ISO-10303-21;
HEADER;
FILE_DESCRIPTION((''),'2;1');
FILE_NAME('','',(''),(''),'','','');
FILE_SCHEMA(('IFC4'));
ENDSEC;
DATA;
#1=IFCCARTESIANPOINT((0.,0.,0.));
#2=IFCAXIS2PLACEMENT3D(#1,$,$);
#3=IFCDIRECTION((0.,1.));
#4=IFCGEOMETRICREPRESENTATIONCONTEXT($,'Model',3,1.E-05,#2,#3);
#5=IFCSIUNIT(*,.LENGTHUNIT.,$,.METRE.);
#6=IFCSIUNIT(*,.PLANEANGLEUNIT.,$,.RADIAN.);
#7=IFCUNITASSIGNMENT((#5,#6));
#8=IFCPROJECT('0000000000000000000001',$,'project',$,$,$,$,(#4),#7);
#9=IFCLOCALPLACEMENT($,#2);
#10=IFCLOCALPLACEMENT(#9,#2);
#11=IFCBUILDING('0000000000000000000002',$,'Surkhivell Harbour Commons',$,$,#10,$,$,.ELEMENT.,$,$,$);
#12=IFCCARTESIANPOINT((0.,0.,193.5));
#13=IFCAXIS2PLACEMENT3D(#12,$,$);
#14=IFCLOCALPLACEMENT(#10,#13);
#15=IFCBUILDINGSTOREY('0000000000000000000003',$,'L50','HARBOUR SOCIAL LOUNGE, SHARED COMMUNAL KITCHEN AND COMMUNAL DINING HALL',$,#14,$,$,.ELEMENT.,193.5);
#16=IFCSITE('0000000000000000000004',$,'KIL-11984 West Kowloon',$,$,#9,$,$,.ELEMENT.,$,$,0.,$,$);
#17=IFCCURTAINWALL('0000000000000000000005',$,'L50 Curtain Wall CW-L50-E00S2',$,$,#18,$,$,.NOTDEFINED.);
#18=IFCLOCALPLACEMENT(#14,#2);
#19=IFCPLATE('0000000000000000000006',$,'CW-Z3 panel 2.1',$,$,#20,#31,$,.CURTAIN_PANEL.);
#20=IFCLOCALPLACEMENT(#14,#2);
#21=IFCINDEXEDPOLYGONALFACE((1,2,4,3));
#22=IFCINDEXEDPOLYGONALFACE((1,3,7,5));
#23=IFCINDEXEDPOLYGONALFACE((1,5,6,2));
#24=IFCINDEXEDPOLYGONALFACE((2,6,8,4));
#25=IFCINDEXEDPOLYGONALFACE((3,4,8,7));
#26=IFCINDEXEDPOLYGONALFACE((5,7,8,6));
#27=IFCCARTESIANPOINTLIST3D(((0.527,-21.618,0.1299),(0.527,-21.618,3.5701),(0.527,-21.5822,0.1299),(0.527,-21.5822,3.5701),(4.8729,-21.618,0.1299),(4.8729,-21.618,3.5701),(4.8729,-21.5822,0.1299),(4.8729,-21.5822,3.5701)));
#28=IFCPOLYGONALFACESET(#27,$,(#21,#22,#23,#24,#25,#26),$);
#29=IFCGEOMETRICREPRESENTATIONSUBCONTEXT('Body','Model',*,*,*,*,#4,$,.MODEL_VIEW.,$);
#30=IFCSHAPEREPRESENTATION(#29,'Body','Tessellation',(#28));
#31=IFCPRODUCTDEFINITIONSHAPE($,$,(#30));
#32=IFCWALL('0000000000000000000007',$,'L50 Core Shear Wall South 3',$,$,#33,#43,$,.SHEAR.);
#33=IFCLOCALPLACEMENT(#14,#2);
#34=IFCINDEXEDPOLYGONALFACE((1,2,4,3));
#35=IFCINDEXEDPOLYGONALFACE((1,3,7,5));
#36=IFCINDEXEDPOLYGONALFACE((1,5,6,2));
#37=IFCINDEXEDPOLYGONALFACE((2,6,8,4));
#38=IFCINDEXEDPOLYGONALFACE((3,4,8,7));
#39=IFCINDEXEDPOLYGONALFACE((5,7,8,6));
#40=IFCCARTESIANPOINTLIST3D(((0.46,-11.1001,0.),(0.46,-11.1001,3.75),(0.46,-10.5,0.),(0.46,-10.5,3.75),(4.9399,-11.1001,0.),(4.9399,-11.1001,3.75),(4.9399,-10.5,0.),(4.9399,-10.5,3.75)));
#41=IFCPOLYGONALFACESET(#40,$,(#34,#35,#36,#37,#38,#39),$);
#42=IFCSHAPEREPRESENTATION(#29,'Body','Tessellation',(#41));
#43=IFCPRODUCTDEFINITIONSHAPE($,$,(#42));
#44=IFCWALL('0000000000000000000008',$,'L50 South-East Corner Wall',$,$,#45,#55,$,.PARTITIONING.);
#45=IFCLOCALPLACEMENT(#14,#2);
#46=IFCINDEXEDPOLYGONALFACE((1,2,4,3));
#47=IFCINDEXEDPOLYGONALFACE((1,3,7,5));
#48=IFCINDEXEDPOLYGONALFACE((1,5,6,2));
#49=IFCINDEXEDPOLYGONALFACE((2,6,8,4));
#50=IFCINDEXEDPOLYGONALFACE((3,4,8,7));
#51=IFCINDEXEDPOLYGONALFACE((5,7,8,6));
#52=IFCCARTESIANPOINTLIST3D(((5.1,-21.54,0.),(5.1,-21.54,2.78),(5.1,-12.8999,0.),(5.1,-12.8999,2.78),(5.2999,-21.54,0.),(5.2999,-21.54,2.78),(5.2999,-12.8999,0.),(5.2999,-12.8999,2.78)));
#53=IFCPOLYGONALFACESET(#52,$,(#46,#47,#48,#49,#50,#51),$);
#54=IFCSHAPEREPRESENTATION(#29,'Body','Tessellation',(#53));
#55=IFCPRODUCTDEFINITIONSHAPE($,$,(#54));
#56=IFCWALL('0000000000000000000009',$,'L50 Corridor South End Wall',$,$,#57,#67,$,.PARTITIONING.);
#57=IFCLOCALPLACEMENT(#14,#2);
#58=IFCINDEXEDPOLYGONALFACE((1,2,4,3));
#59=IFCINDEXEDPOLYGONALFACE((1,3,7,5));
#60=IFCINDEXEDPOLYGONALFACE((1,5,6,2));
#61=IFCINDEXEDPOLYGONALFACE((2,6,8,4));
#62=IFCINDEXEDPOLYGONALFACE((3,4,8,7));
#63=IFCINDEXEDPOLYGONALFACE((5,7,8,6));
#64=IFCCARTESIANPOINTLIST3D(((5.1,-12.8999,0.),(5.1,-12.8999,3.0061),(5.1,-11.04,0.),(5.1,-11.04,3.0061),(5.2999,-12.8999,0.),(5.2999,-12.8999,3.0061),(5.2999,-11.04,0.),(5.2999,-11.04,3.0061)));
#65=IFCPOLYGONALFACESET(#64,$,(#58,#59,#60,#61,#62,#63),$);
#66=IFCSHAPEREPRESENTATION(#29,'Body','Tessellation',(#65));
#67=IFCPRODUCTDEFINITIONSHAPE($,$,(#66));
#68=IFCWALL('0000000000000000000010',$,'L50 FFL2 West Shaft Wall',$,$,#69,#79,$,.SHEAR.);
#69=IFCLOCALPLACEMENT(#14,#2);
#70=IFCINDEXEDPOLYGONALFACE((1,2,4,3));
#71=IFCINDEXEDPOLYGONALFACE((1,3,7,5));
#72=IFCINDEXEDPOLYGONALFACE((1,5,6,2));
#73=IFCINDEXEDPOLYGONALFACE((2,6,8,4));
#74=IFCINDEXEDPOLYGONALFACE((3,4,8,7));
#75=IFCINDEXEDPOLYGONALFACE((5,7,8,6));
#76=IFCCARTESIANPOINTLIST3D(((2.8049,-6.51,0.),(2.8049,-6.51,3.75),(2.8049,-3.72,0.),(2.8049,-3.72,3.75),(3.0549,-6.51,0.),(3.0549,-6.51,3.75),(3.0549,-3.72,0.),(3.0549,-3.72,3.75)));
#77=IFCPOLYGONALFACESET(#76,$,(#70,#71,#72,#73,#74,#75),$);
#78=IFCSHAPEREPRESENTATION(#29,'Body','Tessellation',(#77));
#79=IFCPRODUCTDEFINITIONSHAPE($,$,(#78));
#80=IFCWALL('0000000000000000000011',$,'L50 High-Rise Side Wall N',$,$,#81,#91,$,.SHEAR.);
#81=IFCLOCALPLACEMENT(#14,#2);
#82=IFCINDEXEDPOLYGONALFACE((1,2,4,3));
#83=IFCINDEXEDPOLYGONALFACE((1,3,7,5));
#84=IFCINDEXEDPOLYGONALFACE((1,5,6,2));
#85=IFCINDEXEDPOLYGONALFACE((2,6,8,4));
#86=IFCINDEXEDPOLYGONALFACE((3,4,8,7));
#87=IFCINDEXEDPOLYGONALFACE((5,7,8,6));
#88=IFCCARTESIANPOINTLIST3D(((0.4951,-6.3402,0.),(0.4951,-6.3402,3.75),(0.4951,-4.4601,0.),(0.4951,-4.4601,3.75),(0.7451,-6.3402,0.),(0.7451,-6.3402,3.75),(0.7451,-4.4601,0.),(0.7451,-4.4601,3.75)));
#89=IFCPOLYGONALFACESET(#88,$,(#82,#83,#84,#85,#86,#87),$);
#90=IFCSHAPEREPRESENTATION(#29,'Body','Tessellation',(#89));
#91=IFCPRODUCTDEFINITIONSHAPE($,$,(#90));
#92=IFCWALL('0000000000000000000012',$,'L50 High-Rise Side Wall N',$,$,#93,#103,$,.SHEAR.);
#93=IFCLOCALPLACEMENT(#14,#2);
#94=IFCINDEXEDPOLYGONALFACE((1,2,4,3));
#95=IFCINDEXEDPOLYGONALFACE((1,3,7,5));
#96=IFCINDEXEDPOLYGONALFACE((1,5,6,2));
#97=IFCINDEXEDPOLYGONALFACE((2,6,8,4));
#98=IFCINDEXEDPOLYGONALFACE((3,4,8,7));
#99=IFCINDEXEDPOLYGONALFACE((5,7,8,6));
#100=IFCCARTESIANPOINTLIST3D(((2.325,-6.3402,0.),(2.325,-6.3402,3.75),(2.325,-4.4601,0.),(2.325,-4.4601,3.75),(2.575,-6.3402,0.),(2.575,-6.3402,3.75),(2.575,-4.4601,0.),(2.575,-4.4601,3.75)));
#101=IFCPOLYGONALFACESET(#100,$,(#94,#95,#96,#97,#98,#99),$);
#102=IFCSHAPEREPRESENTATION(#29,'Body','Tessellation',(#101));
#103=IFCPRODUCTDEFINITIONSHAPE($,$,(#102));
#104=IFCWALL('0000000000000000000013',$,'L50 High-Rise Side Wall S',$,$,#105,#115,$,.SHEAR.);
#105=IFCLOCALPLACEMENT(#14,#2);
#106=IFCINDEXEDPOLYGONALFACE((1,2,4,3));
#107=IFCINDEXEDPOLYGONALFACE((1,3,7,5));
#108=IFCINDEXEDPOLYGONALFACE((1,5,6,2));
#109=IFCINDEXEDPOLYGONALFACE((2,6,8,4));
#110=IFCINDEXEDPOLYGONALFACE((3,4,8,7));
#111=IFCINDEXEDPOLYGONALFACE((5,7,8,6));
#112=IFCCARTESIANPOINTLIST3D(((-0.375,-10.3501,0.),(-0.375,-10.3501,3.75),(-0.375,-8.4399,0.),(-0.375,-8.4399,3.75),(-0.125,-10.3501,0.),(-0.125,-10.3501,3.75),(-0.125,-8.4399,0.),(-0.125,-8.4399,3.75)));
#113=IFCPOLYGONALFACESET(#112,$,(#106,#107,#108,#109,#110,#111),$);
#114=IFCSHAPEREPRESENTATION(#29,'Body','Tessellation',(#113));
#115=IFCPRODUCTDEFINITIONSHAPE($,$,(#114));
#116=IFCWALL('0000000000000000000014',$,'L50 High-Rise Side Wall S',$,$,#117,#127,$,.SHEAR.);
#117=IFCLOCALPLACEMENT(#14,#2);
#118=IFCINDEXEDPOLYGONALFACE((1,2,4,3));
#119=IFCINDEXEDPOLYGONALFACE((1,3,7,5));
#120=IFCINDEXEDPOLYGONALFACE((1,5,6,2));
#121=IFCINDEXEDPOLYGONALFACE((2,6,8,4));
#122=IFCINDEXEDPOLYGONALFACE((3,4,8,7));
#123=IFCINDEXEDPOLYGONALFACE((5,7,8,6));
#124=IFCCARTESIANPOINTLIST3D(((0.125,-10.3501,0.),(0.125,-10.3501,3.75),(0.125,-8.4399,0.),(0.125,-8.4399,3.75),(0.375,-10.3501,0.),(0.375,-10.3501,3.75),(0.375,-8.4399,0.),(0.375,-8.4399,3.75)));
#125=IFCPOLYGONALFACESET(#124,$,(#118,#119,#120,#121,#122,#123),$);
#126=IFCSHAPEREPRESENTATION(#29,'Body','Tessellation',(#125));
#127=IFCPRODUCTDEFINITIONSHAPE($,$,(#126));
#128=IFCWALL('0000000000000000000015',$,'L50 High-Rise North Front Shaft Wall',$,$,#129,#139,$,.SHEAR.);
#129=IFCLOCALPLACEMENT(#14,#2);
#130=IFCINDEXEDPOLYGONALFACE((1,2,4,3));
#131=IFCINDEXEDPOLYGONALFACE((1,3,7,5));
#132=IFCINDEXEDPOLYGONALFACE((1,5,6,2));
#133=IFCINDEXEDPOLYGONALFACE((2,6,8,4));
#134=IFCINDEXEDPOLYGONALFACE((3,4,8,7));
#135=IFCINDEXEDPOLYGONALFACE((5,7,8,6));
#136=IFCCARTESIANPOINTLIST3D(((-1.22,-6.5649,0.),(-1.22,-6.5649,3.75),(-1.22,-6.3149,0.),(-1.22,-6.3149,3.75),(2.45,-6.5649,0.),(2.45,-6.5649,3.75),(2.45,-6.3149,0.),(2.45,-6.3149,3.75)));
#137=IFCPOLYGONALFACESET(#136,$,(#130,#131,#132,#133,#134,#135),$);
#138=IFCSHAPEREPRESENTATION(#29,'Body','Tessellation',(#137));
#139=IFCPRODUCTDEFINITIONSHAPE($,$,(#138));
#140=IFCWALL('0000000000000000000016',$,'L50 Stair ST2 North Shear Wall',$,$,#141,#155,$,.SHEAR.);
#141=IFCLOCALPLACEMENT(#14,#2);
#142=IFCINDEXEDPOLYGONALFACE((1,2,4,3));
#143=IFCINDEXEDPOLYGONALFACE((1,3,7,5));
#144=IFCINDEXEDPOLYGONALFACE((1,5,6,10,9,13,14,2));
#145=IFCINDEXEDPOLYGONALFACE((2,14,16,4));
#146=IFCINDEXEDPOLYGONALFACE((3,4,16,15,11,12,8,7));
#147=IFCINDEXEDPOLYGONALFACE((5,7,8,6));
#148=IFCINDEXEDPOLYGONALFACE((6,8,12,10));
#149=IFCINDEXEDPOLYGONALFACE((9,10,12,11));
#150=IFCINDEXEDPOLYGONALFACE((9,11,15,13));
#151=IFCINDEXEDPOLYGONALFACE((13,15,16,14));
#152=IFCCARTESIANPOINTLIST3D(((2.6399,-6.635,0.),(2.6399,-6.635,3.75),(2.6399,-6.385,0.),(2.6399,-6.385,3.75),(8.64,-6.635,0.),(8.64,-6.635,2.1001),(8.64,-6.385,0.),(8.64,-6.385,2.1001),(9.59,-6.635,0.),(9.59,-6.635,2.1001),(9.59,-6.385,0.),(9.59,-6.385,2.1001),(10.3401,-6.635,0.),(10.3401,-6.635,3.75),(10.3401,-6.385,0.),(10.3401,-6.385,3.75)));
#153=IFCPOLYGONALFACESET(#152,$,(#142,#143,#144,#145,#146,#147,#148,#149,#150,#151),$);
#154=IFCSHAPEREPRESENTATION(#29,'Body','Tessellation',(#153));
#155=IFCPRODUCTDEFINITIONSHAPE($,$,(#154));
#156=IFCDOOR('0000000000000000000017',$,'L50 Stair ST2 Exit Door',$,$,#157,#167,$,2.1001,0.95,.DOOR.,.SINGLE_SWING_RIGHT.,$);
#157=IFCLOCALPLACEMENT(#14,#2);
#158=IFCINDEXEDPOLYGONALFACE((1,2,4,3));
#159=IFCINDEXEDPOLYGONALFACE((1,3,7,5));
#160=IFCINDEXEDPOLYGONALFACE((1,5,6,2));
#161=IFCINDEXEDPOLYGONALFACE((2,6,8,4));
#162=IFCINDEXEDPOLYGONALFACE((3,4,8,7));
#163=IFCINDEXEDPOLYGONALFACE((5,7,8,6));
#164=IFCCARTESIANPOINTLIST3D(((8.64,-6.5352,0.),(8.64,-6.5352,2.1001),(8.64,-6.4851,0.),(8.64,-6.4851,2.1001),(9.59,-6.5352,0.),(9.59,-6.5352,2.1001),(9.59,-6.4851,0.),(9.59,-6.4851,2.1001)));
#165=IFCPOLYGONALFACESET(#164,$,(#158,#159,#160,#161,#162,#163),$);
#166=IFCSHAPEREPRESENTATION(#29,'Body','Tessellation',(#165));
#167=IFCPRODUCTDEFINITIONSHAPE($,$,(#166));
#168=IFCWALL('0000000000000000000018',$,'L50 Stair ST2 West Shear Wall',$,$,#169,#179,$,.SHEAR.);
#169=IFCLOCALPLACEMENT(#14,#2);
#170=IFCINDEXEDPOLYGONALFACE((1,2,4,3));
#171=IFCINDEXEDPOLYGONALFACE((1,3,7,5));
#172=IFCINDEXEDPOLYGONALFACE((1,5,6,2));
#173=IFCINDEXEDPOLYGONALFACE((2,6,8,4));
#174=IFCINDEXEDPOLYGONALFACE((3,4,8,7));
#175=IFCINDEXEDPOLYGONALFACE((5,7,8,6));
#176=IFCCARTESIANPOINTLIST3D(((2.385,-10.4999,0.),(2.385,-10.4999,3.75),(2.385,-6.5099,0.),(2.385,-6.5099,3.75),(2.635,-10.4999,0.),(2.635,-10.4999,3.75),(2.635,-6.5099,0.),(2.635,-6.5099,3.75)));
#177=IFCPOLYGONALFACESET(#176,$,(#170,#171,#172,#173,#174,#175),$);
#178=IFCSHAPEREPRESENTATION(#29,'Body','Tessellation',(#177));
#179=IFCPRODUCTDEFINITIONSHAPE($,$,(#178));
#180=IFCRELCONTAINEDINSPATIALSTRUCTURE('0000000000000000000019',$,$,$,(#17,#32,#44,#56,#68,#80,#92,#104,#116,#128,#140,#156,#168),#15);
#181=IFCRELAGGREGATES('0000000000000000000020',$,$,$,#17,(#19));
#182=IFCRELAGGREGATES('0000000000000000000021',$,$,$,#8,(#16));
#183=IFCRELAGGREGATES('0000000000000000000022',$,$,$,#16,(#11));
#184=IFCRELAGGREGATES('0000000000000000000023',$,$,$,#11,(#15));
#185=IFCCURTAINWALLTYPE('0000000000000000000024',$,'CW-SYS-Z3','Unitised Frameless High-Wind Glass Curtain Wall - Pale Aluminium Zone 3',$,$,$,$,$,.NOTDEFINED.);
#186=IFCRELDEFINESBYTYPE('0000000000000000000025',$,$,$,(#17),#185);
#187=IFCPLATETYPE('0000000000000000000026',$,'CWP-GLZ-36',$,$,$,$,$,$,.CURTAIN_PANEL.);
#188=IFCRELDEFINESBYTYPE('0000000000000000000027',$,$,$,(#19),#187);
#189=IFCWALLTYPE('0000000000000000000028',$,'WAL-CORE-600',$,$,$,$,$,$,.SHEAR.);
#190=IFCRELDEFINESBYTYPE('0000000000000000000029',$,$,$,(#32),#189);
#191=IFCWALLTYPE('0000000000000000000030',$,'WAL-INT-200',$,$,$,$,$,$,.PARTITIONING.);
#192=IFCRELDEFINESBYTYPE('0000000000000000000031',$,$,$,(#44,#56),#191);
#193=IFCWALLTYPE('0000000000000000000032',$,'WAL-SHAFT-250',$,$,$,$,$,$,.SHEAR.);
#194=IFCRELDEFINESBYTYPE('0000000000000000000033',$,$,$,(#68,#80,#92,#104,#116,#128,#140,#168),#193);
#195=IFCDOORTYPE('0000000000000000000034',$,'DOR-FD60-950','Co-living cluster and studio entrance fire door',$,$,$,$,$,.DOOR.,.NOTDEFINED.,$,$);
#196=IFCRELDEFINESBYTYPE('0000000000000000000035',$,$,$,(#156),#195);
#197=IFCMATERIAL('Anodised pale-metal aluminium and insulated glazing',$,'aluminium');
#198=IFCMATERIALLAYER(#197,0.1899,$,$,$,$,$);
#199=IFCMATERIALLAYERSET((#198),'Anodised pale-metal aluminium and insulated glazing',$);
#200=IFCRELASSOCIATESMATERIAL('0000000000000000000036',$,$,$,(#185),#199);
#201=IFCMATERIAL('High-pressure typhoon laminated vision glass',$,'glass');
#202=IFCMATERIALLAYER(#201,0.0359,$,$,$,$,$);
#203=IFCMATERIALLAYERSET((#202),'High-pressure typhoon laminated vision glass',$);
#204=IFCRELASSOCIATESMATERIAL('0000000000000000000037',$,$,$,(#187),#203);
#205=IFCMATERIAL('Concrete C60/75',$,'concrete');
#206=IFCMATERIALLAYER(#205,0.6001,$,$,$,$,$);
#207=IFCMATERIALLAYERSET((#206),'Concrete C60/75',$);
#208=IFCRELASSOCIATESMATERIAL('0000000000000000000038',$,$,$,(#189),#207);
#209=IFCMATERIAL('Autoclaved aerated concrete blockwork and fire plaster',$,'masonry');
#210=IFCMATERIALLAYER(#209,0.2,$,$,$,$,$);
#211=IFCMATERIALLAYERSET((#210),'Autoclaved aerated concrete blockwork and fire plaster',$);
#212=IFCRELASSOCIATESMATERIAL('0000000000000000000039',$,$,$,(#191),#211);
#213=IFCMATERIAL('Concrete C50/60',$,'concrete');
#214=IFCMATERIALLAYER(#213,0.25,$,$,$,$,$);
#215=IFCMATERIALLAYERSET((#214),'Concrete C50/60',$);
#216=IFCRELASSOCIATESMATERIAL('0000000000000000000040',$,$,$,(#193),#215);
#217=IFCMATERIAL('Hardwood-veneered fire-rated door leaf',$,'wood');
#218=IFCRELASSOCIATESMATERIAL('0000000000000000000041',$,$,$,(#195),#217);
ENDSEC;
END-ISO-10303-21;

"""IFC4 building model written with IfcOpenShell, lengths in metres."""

from ifc_helpers import new_model, si_unit, direction, frame, frame_2d, origin, place, context, subcontext, project, spatial, rectangle, extrude, material, layer, layer_set, type_object, element, fill, aggregate, save


model = new_model("IFC4")

# Units and contexts
model_context = context("Model", 3, precision=1e-05, world=origin(), true_north=direction((0.0, 1.0)))
body_context = subcontext(model_context, "Body", "Model", "MODEL_VIEW")
ifc_project = project(units=[si_unit("LENGTHUNIT", "METRE"), si_unit("PLANEANGLEUNIT", "RADIAN")], contexts=[model_context])

# Site, building, storey
site_placement = place(None, origin())
site = spatial("IfcSite", under=ifc_project, at=site_placement, Name="KIL-11984 West Kowloon", CompositionType="ELEMENT", RefElevation=0.0)
building_placement = place(site_placement, origin())
building = spatial("IfcBuilding", under=site, at=building_placement, Name="Surkhivell Harbour Commons", CompositionType="ELEMENT")
storey_placement = place(building_placement, frame((0.0, 0.0, 193.5)))
storey = spatial("IfcBuildingStorey", under=building, at=storey_placement, Name="L50", Description="HARBOUR SOCIAL LOUNGE, SHARED COMMUNAL KITCHEN AND COMMUNAL DINING HALL", CompositionType="ELEMENT", Elevation=193.5)

# Shared definitions
ifc_material_1 = material(Name="Concrete C60/75", Category="concrete")

# Curtain wall, plate
ifc_material_2 = material(Name="Anodised pale-metal aluminium and insulated glazing", Category="aluminium")
ifc_layer_1 = layer(ifc_material_2, 0.1899)
ifc_layer_set_1 = layer_set([ifc_layer_1], Name="Anodised pale-metal aluminium and insulated glazing")
curtain_wall_type = type_object("IfcCurtainWallType", Name="CW-SYS-Z3", Description="Unitised Frameless High-Wind Glass Curtain Wall - Pale Aluminium Zone 3", PredefinedType="NOTDEFINED", material=ifc_layer_set_1)
curtain_wall_placement = place(storey_placement, origin())
curtain_wall = element("IfcCurtainWall", 1, at=curtain_wall_placement, inside=storey, type_object=curtain_wall_type, Name="L50 Curtain Wall CW-L50-E00S2", PredefinedType="NOTDEFINED")
ifc_material_3 = material(Name="High-pressure typhoon laminated vision glass", Category="glass")
ifc_layer_2 = layer(ifc_material_3, 0.0359)
ifc_layer_set_2 = layer_set([ifc_layer_2], Name="High-pressure typhoon laminated vision glass")
plate_type = type_object("IfcPlateType", Name="CWP-GLZ-36", PredefinedType="CURTAIN_PANEL", material=ifc_layer_set_2)
plate_placement = place(storey_placement, frame((0.5271, -21.6001, 0.1299), z_axis=(0.0, 0.0, 1.0), x_axis=(1.0, 0.0, 0.0)))
plate = element("IfcPlate", 2, at=plate_placement, type_object=plate_type, Name="CW-Z3 panel 2.1", PredefinedType="CURTAIN_PANEL", context=body_context, shape_type="SweptSolid", body=[
    extrude(rectangle(XDim=4.3459, YDim=0.0359, at=frame_2d((2.1729, 0.0))), origin(), (0.0, 0.0, 1.0), 3.4402),
])
aggregate(curtain_wall, [plate])

# Walls
ifc_layer_3 = layer(ifc_material_1, 0.6001)
ifc_layer_set_3 = layer_set([ifc_layer_3], Name="Concrete C60/75")
wall_type_1 = type_object("IfcWallType", Name="WAL-CORE-600", PredefinedType="SHEAR", material=ifc_layer_set_3)
wall_1_placement = place(storey_placement, frame((0.46, -10.8, 0.0), z_axis=(0.0, 0.0, 1.0), x_axis=(1.0, 0.0, 0.0)))
element("IfcWall", 3, at=wall_1_placement, inside=storey, type_object=wall_type_1, Name="L50 Core Shear Wall South 3", PredefinedType="SHEAR", context=body_context, shape_type="SweptSolid", body=[
    extrude(rectangle(XDim=4.48, YDim=0.6001, at=frame_2d((2.24, 0.0))), origin(), (0.0, 0.0, 1.0), 3.75),
])
ifc_material_4 = material(Name="Autoclaved aerated concrete blockwork and fire plaster", Category="masonry")
ifc_layer_4 = layer(ifc_material_4, 0.2)
ifc_layer_set_4 = layer_set([ifc_layer_4], Name="Autoclaved aerated concrete blockwork and fire plaster")
wall_type_2 = type_object("IfcWallType", Name="WAL-INT-200", PredefinedType="PARTITIONING", material=ifc_layer_set_4)
wall_2_placement = place(storey_placement, frame((5.2, -21.54, 0.0), z_axis=(0.0, 0.0, 1.0), x_axis=(0.0, 1.0, 0.0)))
element("IfcWall", 4, at=wall_2_placement, inside=storey, type_object=wall_type_2, Name="L50 South-East Corner Wall", PredefinedType="PARTITIONING", context=body_context, shape_type="SweptSolid", body=[
    extrude(rectangle(XDim=8.6401, YDim=0.2, at=frame_2d((4.3201, 0.0))), origin(), (0.0, 0.0, 1.0), 2.78),
])
wall_3_placement = place(storey_placement, frame((5.2, -12.8999, 0.0), z_axis=(0.0, 0.0, 1.0), x_axis=(0.0, 1.0, 0.0)))
element("IfcWall", 5, at=wall_3_placement, inside=storey, type_object=wall_type_2, Name="L50 Corridor South End Wall", PredefinedType="PARTITIONING", context=body_context, shape_type="SweptSolid", body=[
    extrude(rectangle(XDim=1.8599, YDim=0.2, at=frame_2d((0.9299, 0.0))), origin(), (0.0, 0.0, 1.0), 3.0061),
])
ifc_material_5 = material(Name="Concrete C50/60", Category="concrete")
ifc_layer_5 = layer(ifc_material_5, 0.25)
ifc_layer_set_5 = layer_set([ifc_layer_5], Name="Concrete C50/60")
wall_type_3 = type_object("IfcWallType", Name="WAL-SHAFT-250", PredefinedType="SHEAR", material=ifc_layer_set_5)
wall_4_placement = place(storey_placement, frame((2.9299, -6.51, 0.0), z_axis=(0.0, 0.0, 1.0), x_axis=(0.0, 1.0, 0.0)))
element("IfcWall", 6, at=wall_4_placement, inside=storey, type_object=wall_type_3, Name="L50 FFL2 West Shaft Wall", PredefinedType="SHEAR", context=body_context, shape_type="SweptSolid", body=[
    extrude(rectangle(XDim=2.79, YDim=0.25, at=frame_2d((1.395, 0.0))), origin(), (0.0, 0.0, 1.0), 3.75),
])
for number, where, z_axis, x_axis, name in (
    (7, (0.6201, -6.3401, 0.0), (0.0, 0.0, 1.0), (0.0, 1.0, 0.0), "L50 High-Rise Side Wall N"),
    (8, (2.45, -6.3401, 0.0), (0.0, 0.0, 1.0), (0.0, 1.0, 0.0), "L50 High-Rise Side Wall N"),
):
    element("IfcWall", number, at=place(storey_placement, frame(where, z_axis=z_axis, x_axis=x_axis)), inside=storey, type_object=wall_type_3, Name=name, PredefinedType="SHEAR", context=body_context, shape_type="SweptSolid", body=[
        extrude(rectangle(XDim=1.8801, YDim=0.25, at=frame_2d((0.9399, 0.0))), origin(), (0.0, 0.0, 1.0), 3.75),
    ])
for number, where, z_axis, x_axis, name in (
    (9, (-0.25, -10.3501, 0.0), (0.0, 0.0, 1.0), (0.0, 1.0, 0.0), "L50 High-Rise Side Wall S"),
    (10, (0.25, -10.3501, 0.0), (0.0, 0.0, 1.0), (0.0, 1.0, 0.0), "L50 High-Rise Side Wall S"),
):
    element("IfcWall", number, at=place(storey_placement, frame(where, z_axis=z_axis, x_axis=x_axis)), inside=storey, type_object=wall_type_3, Name=name, PredefinedType="SHEAR", context=body_context, shape_type="SweptSolid", body=[
        extrude(rectangle(XDim=1.9102, YDim=0.25, at=frame_2d((0.9551, 0.0))), origin(), (0.0, 0.0, 1.0), 3.75),
    ])
wall_5_placement = place(storey_placement, frame((-1.22, -6.4399, 0.0), z_axis=(0.0, 0.0, 1.0), x_axis=(1.0, 0.0, 0.0)))
element("IfcWall", 11, at=wall_5_placement, inside=storey, type_object=wall_type_3, Name="L50 High-Rise North Front Shaft Wall", PredefinedType="SHEAR", context=body_context, shape_type="SweptSolid", body=[
    extrude(rectangle(XDim=3.6699, YDim=0.25, at=frame_2d((1.835, 0.0))), origin(), (0.0, 0.0, 1.0), 3.75),
])

# Wall, opening, door
wall_6_placement = place(storey_placement, frame((2.6399, -6.51, 0.0), z_axis=(0.0, 0.0, 1.0), x_axis=(1.0, 0.0, 0.0)))
wall_6 = element("IfcWall", 12, at=wall_6_placement, inside=storey, type_object=wall_type_3, Name="L50 Stair ST2 North Shear Wall", PredefinedType="SHEAR", context=body_context, shape_type="SweptSolid", body=[
    extrude(rectangle(XDim=7.7002, YDim=0.25, at=frame_2d((3.8501, 0.0))), origin(), (0.0, 0.0, 1.0), 3.75),
])
opening_placement = place(wall_6_placement, frame((6.0, 0.0, 0.0)))
opening = element("IfcOpeningElement", 13, at=opening_placement, cuts=wall_6, PredefinedType="OPENING", context=body_context, shape_type="SweptSolid", body=[
    extrude(rectangle(XDim=0.95, YDim=2.1001, at=frame_2d((0.4751, 1.05))), frame((0.0, 0.135, 0.0), z_axis=(0.0, -1.0, 0.0), x_axis=(1.0, 0.0, 0.0)), (0.0, 0.0, 1.0), 0.27),
])
ifc_material_6 = material(Name="Hardwood-veneered fire-rated door leaf", Category="wood")
door_type = type_object("IfcDoorType", Name="DOR-FD60-950", Description="Co-living cluster and studio entrance fire door", OperationType="NOTDEFINED", PredefinedType="DOOR", material=ifc_material_6)
door_placement = place(opening_placement, origin())
door = element("IfcDoor", 14, at=door_placement, inside=storey, type_object=door_type, Name="L50 Stair ST2 Exit Door", OperationType="SINGLE_SWING_RIGHT", OverallHeight=2.1001, OverallWidth=0.95, PredefinedType="DOOR", context=body_context, shape_type="SweptSolid", body=[
    extrude(rectangle(XDim=0.95, YDim=2.1001, at=frame_2d((0.4751, 1.05))), frame((0.0, 0.0249, 0.0), z_axis=(0.0, -1.0, 0.0), x_axis=(1.0, 0.0, 0.0)), (0.0, 0.0, 1.0), 0.05),
])
fill(opening, door)

# Wall
wall_7_placement = place(storey_placement, frame((2.51, -10.5, 0.0), z_axis=(0.0, 0.0, 1.0), x_axis=(0.0, 1.0, 0.0)))
element("IfcWall", 15, at=wall_7_placement, inside=storey, type_object=wall_type_3, Name="L50 Stair ST2 West Shear Wall", PredefinedType="SHEAR", context=body_context, shape_type="SweptSolid", body=[
    extrude(rectangle(XDim=3.99, YDim=0.25, at=frame_2d((1.9951, 0.0))), origin(), (0.0, 0.0, 1.0), 3.75),
])

save(model, "model.ifc")
